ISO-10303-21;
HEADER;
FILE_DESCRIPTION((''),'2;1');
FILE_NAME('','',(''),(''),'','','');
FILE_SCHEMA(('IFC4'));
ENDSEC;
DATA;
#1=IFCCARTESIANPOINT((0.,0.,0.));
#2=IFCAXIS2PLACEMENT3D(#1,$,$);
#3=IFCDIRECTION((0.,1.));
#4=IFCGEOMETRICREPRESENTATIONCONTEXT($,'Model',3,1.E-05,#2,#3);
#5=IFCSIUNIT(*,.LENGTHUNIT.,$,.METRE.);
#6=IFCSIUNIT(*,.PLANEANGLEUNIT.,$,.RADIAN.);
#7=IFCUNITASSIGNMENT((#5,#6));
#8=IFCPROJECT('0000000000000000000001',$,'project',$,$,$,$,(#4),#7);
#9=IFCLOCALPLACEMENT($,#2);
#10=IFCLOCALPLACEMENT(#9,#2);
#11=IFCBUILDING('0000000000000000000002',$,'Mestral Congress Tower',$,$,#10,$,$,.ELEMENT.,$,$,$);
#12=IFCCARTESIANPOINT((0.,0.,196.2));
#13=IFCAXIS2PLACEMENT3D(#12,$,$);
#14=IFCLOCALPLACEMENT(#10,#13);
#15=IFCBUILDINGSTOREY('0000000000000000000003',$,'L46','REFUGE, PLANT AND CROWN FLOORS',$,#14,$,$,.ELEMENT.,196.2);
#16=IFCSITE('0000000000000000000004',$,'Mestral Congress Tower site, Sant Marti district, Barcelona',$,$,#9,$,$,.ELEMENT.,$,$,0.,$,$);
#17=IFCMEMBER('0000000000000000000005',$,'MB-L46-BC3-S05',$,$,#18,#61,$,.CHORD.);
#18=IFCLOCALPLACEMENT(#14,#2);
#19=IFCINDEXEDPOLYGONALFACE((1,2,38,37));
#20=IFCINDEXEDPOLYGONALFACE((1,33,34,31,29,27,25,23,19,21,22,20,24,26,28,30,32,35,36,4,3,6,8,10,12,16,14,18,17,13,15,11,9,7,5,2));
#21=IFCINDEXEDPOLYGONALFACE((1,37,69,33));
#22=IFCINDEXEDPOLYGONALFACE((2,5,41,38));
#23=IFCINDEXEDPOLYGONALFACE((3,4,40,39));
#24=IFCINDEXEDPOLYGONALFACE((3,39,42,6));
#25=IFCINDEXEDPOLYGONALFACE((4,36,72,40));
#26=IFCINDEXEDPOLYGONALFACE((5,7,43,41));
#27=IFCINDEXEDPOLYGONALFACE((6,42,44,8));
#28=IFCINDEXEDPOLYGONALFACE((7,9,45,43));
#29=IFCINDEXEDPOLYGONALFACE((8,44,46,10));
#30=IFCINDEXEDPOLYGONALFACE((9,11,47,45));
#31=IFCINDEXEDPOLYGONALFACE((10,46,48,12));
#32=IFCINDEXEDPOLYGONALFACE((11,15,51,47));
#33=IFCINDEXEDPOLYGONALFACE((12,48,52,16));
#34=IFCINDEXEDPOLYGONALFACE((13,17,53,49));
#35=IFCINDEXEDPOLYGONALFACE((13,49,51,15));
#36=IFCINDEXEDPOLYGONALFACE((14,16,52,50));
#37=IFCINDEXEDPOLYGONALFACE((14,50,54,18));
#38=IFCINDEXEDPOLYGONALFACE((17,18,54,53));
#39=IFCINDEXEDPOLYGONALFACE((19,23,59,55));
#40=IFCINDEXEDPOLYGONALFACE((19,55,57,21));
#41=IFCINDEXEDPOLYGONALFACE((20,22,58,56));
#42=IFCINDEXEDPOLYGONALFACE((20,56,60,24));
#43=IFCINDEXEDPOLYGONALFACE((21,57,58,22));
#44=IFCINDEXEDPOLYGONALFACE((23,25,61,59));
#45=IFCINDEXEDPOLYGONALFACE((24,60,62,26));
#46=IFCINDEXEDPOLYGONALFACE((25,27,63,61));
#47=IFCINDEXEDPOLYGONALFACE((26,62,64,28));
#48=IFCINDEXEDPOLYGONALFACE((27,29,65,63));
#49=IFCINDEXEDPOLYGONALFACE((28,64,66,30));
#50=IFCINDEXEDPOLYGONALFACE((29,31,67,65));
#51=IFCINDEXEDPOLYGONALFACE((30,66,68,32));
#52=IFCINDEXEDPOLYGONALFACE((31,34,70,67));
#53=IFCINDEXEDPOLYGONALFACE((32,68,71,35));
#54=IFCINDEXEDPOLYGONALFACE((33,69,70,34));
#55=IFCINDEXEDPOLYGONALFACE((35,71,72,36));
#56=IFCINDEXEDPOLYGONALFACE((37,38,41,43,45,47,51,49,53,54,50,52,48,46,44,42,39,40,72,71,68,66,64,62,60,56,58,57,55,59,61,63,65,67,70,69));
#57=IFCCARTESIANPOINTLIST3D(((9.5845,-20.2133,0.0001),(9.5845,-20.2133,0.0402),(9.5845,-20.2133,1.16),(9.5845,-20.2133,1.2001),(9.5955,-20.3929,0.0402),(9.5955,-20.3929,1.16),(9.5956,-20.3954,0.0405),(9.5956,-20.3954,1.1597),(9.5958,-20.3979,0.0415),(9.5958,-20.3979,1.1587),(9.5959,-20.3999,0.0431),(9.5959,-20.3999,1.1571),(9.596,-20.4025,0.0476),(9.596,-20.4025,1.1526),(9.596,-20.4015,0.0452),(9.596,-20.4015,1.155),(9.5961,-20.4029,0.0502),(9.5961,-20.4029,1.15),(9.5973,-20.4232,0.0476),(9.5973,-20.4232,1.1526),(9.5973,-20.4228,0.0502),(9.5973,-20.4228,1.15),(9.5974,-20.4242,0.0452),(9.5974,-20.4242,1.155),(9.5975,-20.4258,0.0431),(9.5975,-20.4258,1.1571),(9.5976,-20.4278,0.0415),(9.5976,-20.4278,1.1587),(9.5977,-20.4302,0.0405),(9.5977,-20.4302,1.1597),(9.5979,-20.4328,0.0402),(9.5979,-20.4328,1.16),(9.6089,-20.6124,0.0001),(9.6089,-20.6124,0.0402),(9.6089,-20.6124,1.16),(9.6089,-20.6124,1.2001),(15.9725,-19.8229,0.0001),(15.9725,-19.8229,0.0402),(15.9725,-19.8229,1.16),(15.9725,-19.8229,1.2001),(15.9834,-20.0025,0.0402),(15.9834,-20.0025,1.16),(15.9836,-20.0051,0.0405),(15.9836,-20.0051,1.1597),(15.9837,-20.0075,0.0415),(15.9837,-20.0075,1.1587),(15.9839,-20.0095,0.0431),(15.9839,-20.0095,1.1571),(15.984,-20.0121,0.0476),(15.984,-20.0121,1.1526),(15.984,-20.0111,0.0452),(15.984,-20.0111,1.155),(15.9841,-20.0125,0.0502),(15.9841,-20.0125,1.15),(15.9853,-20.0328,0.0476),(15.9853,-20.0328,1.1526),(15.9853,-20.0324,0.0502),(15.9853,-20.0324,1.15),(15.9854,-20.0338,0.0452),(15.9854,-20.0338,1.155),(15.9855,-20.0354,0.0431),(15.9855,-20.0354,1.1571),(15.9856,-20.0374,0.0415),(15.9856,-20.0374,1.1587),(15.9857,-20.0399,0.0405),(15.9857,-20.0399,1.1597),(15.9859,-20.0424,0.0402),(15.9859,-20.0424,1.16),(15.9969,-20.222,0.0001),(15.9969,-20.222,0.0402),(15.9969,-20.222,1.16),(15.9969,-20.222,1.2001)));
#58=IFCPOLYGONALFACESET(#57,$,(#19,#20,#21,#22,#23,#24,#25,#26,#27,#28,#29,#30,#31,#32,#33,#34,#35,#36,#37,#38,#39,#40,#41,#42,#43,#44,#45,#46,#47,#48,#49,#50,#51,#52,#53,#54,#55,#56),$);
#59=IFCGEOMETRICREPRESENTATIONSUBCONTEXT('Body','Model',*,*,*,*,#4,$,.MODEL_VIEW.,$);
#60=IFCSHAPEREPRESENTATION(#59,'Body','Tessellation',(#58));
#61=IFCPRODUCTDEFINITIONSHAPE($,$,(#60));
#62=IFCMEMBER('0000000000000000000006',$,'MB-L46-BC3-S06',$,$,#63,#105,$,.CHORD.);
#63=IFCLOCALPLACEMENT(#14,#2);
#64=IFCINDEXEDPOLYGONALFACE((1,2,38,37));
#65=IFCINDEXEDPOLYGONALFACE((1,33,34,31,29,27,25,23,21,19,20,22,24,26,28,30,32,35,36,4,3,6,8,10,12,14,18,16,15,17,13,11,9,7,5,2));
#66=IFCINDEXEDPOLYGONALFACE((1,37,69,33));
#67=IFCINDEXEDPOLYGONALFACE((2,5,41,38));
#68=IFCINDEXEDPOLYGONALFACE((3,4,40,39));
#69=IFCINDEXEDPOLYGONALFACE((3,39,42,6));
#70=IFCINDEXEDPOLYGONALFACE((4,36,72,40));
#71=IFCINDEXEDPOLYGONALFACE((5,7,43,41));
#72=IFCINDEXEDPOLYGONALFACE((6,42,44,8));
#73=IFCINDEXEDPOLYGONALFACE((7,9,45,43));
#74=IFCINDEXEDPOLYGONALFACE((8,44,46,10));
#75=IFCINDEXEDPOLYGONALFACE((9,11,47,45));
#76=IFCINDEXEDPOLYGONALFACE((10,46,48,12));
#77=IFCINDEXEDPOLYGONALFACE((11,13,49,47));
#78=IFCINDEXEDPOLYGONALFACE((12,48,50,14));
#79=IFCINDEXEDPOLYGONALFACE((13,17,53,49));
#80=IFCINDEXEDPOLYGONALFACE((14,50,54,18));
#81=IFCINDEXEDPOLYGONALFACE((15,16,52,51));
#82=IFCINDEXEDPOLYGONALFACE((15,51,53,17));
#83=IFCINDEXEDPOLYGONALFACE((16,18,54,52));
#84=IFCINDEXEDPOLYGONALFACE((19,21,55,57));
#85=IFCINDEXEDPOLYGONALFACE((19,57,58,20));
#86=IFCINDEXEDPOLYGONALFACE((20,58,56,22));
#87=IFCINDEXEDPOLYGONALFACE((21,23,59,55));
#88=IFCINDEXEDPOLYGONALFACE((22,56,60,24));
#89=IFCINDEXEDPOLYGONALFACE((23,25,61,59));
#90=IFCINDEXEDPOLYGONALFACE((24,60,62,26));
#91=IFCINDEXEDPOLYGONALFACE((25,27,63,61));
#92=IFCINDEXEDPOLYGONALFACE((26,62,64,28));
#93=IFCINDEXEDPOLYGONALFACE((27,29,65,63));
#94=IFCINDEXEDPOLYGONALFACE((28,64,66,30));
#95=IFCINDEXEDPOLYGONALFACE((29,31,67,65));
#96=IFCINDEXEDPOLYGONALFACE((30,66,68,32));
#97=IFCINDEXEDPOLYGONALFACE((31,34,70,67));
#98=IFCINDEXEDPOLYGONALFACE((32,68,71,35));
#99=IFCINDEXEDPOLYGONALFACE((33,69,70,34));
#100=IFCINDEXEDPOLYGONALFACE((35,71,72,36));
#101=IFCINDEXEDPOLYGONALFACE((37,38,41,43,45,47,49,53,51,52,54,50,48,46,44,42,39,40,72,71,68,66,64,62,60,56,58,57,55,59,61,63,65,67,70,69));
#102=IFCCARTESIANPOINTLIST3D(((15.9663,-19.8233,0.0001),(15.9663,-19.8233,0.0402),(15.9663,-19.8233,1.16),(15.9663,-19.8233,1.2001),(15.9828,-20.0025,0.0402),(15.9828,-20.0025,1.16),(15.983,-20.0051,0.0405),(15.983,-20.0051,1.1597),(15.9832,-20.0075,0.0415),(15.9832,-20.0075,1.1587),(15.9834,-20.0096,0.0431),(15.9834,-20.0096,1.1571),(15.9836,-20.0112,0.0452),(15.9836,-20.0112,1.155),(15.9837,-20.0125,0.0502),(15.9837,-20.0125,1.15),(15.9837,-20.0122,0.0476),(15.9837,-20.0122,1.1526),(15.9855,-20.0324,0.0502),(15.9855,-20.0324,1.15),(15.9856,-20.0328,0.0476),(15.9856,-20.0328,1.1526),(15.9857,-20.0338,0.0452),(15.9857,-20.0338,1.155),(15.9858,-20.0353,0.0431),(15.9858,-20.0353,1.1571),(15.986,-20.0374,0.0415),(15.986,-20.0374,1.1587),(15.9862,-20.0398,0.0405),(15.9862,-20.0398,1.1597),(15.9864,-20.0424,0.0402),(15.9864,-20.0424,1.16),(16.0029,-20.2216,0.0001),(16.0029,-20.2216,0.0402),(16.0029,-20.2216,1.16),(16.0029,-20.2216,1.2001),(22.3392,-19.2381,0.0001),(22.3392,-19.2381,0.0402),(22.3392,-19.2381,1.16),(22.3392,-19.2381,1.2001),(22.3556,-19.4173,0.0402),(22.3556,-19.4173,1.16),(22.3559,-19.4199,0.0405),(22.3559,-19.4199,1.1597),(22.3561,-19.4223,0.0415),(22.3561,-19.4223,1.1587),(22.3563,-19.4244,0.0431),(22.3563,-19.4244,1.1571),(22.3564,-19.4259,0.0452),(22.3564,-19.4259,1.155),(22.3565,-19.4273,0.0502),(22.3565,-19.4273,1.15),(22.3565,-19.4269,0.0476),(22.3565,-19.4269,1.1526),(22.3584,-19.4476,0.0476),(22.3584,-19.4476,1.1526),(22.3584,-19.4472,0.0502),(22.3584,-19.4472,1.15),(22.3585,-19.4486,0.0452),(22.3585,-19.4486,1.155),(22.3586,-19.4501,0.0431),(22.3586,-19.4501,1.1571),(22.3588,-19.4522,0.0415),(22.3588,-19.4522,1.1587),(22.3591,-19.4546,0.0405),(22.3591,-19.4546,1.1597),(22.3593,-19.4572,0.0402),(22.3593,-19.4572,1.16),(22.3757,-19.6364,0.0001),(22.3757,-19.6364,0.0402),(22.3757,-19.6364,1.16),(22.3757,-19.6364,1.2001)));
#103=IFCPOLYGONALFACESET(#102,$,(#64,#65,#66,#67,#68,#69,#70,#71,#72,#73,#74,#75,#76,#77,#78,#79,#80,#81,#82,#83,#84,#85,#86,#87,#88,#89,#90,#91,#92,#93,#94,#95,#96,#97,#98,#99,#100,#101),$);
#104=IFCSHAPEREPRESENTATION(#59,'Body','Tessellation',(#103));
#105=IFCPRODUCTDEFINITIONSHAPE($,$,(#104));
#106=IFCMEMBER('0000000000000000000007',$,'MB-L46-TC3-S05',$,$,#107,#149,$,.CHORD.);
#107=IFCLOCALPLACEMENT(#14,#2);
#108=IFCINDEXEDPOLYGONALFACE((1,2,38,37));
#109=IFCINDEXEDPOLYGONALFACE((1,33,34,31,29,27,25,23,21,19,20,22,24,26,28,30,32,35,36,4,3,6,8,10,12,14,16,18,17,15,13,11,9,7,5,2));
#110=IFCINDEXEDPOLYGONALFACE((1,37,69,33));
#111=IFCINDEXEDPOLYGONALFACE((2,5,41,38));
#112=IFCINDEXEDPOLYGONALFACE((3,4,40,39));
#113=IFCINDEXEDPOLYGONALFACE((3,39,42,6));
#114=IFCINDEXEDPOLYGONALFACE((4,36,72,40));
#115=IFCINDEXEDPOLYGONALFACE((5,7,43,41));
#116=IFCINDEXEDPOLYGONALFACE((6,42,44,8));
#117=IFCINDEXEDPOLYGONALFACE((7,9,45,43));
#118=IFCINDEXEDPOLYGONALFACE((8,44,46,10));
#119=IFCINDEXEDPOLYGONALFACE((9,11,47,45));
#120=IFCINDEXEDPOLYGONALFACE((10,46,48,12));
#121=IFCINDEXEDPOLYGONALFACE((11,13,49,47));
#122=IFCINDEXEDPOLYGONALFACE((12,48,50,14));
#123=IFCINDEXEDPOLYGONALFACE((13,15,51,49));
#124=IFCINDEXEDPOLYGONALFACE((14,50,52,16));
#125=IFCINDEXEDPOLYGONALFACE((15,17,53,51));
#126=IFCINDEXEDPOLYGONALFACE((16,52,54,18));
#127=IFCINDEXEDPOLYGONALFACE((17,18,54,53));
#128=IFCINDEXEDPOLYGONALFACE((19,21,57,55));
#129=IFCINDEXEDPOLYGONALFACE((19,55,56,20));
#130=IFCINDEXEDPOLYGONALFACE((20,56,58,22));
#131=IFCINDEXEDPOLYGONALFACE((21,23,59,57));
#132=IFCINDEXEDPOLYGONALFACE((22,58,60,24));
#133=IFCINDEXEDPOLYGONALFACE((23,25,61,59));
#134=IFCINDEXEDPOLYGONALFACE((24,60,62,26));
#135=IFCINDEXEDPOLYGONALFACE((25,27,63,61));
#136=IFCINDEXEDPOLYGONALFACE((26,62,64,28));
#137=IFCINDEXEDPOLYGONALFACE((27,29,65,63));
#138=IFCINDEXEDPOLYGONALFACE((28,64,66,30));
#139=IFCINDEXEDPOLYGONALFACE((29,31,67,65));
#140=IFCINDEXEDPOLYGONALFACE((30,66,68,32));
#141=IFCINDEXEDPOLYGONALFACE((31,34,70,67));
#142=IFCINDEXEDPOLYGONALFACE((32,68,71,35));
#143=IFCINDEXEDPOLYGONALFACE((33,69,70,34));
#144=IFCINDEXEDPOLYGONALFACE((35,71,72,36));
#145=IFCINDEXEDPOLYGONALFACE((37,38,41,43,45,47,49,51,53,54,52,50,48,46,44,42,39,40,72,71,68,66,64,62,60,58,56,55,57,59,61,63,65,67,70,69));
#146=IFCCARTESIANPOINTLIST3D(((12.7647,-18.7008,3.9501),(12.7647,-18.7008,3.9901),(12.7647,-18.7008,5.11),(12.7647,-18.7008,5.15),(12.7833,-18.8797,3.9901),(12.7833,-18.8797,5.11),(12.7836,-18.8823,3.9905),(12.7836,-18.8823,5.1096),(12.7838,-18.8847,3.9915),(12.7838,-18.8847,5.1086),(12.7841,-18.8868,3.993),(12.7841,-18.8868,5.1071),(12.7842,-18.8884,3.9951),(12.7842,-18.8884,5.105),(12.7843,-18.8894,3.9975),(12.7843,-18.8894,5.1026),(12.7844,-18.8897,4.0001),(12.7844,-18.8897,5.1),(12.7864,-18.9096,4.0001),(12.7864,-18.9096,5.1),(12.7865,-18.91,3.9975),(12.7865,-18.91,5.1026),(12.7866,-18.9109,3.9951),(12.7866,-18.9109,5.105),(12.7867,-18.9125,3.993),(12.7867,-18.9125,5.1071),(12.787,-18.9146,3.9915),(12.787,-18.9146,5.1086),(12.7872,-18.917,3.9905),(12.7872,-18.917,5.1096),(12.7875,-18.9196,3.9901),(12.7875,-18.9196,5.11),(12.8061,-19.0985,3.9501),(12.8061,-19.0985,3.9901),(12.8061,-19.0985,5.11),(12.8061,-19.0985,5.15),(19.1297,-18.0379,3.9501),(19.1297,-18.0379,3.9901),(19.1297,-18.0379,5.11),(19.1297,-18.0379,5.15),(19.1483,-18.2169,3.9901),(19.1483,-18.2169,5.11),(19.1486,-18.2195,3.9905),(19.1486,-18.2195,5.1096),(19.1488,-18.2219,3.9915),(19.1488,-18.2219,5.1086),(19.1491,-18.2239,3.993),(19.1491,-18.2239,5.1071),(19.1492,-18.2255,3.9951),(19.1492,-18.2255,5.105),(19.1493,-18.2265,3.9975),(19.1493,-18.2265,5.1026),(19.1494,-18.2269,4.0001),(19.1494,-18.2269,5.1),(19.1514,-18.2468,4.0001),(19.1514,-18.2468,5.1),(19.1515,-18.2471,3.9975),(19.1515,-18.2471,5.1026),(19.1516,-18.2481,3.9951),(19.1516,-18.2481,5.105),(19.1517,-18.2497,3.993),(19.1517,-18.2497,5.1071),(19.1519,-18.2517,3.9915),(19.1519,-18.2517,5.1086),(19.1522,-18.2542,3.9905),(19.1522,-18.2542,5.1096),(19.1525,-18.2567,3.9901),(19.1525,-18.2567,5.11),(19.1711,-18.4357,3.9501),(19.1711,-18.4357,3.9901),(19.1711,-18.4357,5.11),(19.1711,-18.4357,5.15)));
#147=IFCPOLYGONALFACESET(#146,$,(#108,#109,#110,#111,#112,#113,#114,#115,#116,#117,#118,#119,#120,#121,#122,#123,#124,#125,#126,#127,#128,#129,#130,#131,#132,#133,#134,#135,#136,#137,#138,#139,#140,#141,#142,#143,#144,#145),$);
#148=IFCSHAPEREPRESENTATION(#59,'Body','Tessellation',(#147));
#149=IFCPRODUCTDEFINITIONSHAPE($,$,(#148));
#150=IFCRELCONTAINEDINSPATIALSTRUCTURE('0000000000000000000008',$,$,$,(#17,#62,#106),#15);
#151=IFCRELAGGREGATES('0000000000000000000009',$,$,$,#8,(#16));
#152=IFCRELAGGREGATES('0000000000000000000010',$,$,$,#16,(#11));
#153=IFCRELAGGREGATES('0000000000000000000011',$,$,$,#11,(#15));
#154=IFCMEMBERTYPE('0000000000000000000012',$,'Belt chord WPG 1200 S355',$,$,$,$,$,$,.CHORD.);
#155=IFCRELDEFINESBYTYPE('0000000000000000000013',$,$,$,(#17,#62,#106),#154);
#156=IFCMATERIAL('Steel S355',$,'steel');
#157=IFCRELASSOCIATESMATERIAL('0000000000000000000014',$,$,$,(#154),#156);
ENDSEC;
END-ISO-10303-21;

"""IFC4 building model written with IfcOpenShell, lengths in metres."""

from ifc_helpers import new_model, si_unit, direction, frame, origin, origin_2d, place, context, subcontext, project, spatial, i_section, extrude, material, material_profile, profile_set, type_object, element, save


model = new_model("IFC4")

# Units and contexts
model_context = context("Model", 3, precision=1e-05, world=origin(), true_north=direction((0.0, 1.0)))
body_context = subcontext(model_context, "Body", "Model", "MODEL_VIEW")
ifc_project = project(units=[si_unit("LENGTHUNIT", "METRE"), si_unit("PLANEANGLEUNIT", "RADIAN")], contexts=[model_context])

# Site, building, storey
site_placement = place(None, origin())
site = spatial("IfcSite", under=ifc_project, at=site_placement, Name="Mestral Congress Tower site, Sant Marti district, Barcelona", CompositionType="ELEMENT", RefElevation=0.0)
building_placement = place(site_placement, origin())
building = spatial("IfcBuilding", under=site, at=building_placement, Name="Mestral Congress Tower", CompositionType="ELEMENT")
storey_placement = place(building_placement, frame((0.0, 0.0, 196.2)))
storey = spatial("IfcBuildingStorey", under=building, at=storey_placement, Name="L46", Description="REFUGE, PLANT AND CROWN FLOORS", CompositionType="ELEMENT", Elevation=196.2)

# Members
ifc_material_1 = material(Name="Steel S355", Category="steel")
ifc_material_profile_1 = material_profile(ifc_material_1, i_section(OverallWidth=0.3999, OverallDepth=1.2, WebThickness=0.02, FlangeThickness=0.04, FilletRadius=0.01, at=origin_2d()), Name="WPG 1200")
ifc_profile_set_1 = profile_set([ifc_material_profile_1], Name="Steel S355")
member_type_1 = type_object("IfcMemberType", Name="Belt chord WPG 1200 S355", PredefinedType="CHORD", material=ifc_profile_set_1)
member_1_placement = place(storey_placement, frame((9.5967, -20.4128, 0.6001), z_axis=(0.998138, 0.060998, 0.0), x_axis=(-0.060998, 0.998138, 0.0)))
element("IfcMember", 1, at=member_1_placement, inside=storey, type_object=member_type_1, Name="MB-L46-BC3-S05", PredefinedType="CHORD", context=body_context, shape_type="SweptSolid", body=[
    extrude(i_section(OverallWidth=0.3999, OverallDepth=1.2, WebThickness=0.02, FlangeThickness=0.04, FilletRadius=0.01, at=origin_2d()), origin(), (0.0, 0.0, 1.0), 6.3999),
])
member_2_placement = place(storey_placement, frame((15.9846, -20.0225, 0.6001), z_axis=(0.99581, 0.091444, 0.0), x_axis=(-0.091444, 0.99581, 0.0)))
element("IfcMember", 2, at=member_2_placement, inside=storey, type_object=member_type_1, Name="MB-L46-BC3-S06", PredefinedType="CHORD", context=body_context, shape_type="SweptSolid", body=[
    extrude(i_section(OverallWidth=0.3999, OverallDepth=1.2, WebThickness=0.02, FlangeThickness=0.04, FilletRadius=0.01, at=origin_2d()), origin(), (0.0, 0.0, 1.0), 6.3997),
])
member_3_placement = place(storey_placement, frame((12.7854, -18.8997, 4.55), z_axis=(0.994621, 0.103579, 0.0), x_axis=(-0.103579, 0.994621, 0.0)))
element("IfcMember", 3, at=member_3_placement, inside=storey, type_object=member_type_1, Name="MB-L46-TC3-S05", PredefinedType="CHORD", context=body_context, shape_type="SweptSolid", body=[
    extrude(i_section(OverallWidth=0.3999, OverallDepth=1.2, WebThickness=0.02, FlangeThickness=0.04, FilletRadius=0.01, at=origin_2d()), origin(), (0.0, 0.0, 1.0), 6.3994),
])

save(model, "model.ifc")
